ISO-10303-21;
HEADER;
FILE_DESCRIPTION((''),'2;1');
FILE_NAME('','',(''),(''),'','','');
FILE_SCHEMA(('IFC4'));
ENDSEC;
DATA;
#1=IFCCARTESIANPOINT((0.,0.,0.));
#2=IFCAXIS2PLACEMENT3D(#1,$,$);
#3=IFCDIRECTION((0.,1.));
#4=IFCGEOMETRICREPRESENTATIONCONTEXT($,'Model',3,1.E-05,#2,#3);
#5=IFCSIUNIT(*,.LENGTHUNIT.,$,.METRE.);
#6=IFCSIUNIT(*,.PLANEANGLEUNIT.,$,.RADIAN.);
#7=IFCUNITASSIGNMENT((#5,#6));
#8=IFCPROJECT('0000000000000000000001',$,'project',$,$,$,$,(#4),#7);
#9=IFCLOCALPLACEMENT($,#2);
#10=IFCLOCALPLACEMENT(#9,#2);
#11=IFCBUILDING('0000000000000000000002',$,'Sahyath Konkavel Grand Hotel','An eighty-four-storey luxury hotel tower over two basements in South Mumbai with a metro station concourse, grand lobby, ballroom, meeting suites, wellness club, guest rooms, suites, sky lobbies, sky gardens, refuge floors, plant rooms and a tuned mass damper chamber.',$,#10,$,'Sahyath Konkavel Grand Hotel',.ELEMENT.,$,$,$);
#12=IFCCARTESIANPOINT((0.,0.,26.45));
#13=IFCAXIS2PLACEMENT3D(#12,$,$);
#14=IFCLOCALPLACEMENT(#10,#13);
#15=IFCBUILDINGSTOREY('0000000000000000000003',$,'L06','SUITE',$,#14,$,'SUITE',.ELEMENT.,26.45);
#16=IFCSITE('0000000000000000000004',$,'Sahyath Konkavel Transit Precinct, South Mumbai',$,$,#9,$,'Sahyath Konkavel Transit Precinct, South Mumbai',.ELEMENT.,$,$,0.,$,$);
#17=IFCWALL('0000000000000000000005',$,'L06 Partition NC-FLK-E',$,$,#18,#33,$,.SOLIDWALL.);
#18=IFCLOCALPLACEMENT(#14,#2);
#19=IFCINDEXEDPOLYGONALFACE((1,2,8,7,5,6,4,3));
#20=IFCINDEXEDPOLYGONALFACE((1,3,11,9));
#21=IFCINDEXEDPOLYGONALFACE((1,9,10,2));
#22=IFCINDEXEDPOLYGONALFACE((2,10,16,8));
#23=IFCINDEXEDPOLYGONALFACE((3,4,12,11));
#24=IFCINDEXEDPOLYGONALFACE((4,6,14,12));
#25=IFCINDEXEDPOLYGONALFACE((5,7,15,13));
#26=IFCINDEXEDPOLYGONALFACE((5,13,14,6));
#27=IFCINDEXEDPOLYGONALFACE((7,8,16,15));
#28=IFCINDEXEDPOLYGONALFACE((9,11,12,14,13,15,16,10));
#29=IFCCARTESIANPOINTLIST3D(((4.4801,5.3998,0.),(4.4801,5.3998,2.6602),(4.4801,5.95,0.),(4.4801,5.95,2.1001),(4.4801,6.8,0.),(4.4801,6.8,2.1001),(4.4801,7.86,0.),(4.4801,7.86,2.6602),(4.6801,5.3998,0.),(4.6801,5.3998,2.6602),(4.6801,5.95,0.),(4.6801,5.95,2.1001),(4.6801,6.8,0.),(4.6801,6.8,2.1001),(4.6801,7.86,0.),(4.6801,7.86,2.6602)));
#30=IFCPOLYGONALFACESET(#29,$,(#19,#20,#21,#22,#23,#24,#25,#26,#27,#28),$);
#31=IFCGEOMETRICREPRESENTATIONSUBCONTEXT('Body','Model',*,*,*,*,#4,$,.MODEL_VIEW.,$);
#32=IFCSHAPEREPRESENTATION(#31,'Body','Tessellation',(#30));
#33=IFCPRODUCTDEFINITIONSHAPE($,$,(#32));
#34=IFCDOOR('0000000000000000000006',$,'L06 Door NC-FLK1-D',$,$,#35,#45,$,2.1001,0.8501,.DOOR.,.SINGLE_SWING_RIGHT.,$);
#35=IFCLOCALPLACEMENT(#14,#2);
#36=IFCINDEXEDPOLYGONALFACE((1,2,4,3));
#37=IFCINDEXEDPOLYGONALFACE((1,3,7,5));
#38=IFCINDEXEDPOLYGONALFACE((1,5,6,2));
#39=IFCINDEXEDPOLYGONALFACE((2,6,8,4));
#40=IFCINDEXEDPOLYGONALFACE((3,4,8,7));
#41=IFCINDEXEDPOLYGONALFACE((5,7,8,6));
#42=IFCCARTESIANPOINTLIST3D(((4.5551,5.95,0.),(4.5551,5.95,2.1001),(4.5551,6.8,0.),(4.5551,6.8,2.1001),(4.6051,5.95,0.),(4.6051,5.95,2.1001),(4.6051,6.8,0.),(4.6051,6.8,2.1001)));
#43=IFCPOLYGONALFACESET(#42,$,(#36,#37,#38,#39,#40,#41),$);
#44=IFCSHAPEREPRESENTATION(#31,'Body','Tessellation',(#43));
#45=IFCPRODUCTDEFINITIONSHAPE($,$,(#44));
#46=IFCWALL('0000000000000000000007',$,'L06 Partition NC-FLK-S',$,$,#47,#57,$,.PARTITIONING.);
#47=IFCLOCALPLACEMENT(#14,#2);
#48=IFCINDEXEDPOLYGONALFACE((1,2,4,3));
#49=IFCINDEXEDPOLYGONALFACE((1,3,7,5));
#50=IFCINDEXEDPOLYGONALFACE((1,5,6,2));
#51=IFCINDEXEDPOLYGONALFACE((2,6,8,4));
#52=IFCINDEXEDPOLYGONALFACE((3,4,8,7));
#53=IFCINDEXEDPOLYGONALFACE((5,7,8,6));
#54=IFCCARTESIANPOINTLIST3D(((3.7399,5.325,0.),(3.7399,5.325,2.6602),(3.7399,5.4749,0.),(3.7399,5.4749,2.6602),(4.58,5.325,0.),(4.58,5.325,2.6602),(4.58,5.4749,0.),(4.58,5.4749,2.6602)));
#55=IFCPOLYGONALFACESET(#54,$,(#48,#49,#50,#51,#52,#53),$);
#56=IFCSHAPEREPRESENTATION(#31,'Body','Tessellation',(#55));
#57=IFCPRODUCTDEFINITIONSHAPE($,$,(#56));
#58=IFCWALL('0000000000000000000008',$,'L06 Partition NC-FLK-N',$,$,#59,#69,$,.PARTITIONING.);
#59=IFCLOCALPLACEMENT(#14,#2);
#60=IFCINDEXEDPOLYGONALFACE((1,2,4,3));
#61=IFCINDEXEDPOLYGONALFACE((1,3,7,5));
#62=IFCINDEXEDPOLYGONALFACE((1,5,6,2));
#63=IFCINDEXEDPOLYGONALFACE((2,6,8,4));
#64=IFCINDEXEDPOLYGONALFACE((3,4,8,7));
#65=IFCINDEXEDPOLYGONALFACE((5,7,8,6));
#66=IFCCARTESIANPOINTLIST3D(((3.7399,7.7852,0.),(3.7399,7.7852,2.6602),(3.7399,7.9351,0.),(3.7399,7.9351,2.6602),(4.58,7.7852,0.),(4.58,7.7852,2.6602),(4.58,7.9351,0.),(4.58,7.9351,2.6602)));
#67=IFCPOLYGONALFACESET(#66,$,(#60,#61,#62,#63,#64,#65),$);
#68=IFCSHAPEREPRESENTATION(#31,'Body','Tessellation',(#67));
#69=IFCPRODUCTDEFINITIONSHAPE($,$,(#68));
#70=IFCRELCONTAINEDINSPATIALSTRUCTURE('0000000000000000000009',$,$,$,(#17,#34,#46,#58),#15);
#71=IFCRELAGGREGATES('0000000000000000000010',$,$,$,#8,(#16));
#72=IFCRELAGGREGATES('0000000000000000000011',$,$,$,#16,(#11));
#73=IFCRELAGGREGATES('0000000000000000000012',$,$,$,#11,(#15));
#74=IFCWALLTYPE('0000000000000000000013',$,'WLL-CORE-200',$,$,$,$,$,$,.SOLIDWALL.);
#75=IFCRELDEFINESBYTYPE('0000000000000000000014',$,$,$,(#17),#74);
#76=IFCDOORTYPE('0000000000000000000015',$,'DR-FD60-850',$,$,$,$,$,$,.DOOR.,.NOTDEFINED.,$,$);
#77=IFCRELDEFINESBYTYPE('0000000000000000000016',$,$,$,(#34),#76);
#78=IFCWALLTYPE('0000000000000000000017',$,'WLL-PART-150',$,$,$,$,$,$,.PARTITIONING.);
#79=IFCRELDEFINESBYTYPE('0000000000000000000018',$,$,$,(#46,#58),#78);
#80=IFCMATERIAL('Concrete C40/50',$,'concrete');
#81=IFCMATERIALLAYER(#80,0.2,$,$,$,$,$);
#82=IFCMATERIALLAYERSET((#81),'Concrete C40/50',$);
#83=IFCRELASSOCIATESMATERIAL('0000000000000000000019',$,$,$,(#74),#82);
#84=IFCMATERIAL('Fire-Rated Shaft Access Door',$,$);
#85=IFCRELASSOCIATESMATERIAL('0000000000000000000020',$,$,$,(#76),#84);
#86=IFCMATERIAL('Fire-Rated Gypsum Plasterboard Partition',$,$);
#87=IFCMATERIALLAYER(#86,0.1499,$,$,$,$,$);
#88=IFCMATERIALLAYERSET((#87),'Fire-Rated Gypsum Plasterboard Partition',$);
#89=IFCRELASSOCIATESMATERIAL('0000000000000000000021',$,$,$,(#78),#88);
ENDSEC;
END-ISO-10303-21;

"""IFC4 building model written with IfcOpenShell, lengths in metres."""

from ifc_helpers import new_model, si_unit, direction, frame, frame_2d, origin, origin_2d, place, context, subcontext, project, spatial, rectangle, extrude, source, transform, mapped, material, layer, layer_set, type_object, element, fill, save


model = new_model("IFC4")

# Units and contexts
model_context = context("Model", 3, precision=1e-05, world=origin(), true_north=direction((0.0, 1.0)))
body_context = subcontext(model_context, "Body", "Model", "MODEL_VIEW")
ifc_project = project(units=[si_unit("LENGTHUNIT", "METRE"), si_unit("PLANEANGLEUNIT", "RADIAN")], contexts=[model_context])

# Site, building, storey
site_placement = place(None, origin())
site = spatial("IfcSite", under=ifc_project, at=site_placement, Name="Sahyath Konkavel Transit Precinct, South Mumbai", LongName="Sahyath Konkavel Transit Precinct, South Mumbai", CompositionType="ELEMENT", RefElevation=0.0)
building_placement = place(site_placement, origin())
building = spatial("IfcBuilding", under=site, at=building_placement, Name="Sahyath Konkavel Grand Hotel", Description="An eighty-four-storey luxury hotel tower over two basements in South Mumbai with a metro station concourse, grand lobby, ballroom, meeting suites, wellness club, guest rooms, suites, sky lobbies, sky gardens, refuge floors, plant rooms and a tuned mass damper chamber.", LongName="Sahyath Konkavel Grand Hotel", CompositionType="ELEMENT")
storey_placement = place(building_placement, frame((0.0, 0.0, 26.45)))
storey = spatial("IfcBuildingStorey", under=building, at=storey_placement, Name="L06", Description="SUITE", LongName="SUITE", CompositionType="ELEMENT", Elevation=26.45)

# Shared definitions
ifc_material_1 = material(Name="Concrete C40/50", Category="concrete")
ifc_layer_1 = layer(ifc_material_1, 0.2)
ifc_layer_set_1 = layer_set([ifc_layer_1], Name="Concrete C40/50")
wall_type_1 = type_object("IfcWallType", Name="WLL-CORE-200", PredefinedType="SOLIDWALL", material=ifc_layer_set_1)

# Wall, opening, door
wall_1_placement = place(storey_placement, frame((4.5801, 5.3999, 0.0), z_axis=(0.0, 0.0, 1.0), x_axis=(0.0, 1.0, 0.0)))
wall_1 = element("IfcWall", 1, at=wall_1_placement, inside=storey, type_object=wall_type_1, Name="L06 Partition NC-FLK-E", PredefinedType="SOLIDWALL", context=body_context, shape_type="SweptSolid", body=[
    extrude(rectangle(XDim=2.4602, YDim=0.2, at=frame_2d((1.23, 0.0))), origin(), (0.0, 0.0, 1.0), 2.6602),
])
opening_1_placement = place(wall_1_placement, frame((0.55, 0.0, 0.0)))
opening_1 = element("IfcOpeningElement", 2, at=opening_1_placement, cuts=wall_1, PredefinedType="OPENING", context=body_context, shape_type="SweptSolid", body=[
    extrude(rectangle(XDim=0.8501, YDim=2.1001, at=frame_2d((0.425, 1.05))), frame((0.0, 0.1099, 0.0), z_axis=(0.0, -1.0, 0.0), x_axis=(1.0, 0.0, 0.0)), (0.0, 0.0, 1.0), 0.22),
])
ifc_material_2 = material(Name="Fire-Rated Shaft Access Door")
door_type_1 = type_object("IfcDoorType", Name="DR-FD60-850", OperationType="NOTDEFINED", PredefinedType="DOOR", material=ifc_material_2)
shared_shape_1 = source(origin(), body_context, "Body", "SweptSolid", [
    extrude(rectangle(XDim=0.8501, YDim=0.05, at=origin_2d()), origin(), (0.0, 0.0, 1.0), 2.1001),
])
door_1_placement = place(opening_1_placement, frame((0.425, 0.0, 0.0)))
door_1 = element("IfcDoor", 3, at=door_1_placement, inside=storey, type_object=door_type_1, Name="L06 Door NC-FLK1-D", OperationType="SINGLE_SWING_RIGHT", OverallHeight=2.1001, OverallWidth=0.8501, PredefinedType="DOOR", context=body_context, shape_type="MappedRepresentation", body=[
    mapped(shared_shape_1, transform((0.0, 0.0, 0.0), scale=1.0)),
])
fill(opening_1, door_1)

# Walls
ifc_material_3 = material(Name="Fire-Rated Gypsum Plasterboard Partition")
ifc_layer_2 = layer(ifc_material_3, 0.1499)
ifc_layer_set_2 = layer_set([ifc_layer_2], Name="Fire-Rated Gypsum Plasterboard Partition")
wall_type_2 = type_object("IfcWallType", Name="WLL-PART-150", PredefinedType="PARTITIONING", material=ifc_layer_set_2)
for number, where, z_axis, x_axis, name in (
    (4, (3.74, 5.3999, 0.0), (0.0, 0.0, 1.0), (1.0, 0.0, 0.0), "L06 Partition NC-FLK-S"),
    (5, (3.74, 7.8601, 0.0), (0.0, 0.0, 1.0), (1.0, 0.0, 0.0), "L06 Partition NC-FLK-N"),
):
    element("IfcWall", number, at=place(storey_placement, frame(where, z_axis=z_axis, x_axis=x_axis)), inside=storey, type_object=wall_type_2, Name=name, PredefinedType="PARTITIONING", context=body_context, shape_type="SweptSolid", body=[
        extrude(rectangle(XDim=0.8401, YDim=0.1499, at=frame_2d((0.4199, 0.0))), origin(), (0.0, 0.0, 1.0), 2.6602),
    ])

save(model, "model.ifc")
